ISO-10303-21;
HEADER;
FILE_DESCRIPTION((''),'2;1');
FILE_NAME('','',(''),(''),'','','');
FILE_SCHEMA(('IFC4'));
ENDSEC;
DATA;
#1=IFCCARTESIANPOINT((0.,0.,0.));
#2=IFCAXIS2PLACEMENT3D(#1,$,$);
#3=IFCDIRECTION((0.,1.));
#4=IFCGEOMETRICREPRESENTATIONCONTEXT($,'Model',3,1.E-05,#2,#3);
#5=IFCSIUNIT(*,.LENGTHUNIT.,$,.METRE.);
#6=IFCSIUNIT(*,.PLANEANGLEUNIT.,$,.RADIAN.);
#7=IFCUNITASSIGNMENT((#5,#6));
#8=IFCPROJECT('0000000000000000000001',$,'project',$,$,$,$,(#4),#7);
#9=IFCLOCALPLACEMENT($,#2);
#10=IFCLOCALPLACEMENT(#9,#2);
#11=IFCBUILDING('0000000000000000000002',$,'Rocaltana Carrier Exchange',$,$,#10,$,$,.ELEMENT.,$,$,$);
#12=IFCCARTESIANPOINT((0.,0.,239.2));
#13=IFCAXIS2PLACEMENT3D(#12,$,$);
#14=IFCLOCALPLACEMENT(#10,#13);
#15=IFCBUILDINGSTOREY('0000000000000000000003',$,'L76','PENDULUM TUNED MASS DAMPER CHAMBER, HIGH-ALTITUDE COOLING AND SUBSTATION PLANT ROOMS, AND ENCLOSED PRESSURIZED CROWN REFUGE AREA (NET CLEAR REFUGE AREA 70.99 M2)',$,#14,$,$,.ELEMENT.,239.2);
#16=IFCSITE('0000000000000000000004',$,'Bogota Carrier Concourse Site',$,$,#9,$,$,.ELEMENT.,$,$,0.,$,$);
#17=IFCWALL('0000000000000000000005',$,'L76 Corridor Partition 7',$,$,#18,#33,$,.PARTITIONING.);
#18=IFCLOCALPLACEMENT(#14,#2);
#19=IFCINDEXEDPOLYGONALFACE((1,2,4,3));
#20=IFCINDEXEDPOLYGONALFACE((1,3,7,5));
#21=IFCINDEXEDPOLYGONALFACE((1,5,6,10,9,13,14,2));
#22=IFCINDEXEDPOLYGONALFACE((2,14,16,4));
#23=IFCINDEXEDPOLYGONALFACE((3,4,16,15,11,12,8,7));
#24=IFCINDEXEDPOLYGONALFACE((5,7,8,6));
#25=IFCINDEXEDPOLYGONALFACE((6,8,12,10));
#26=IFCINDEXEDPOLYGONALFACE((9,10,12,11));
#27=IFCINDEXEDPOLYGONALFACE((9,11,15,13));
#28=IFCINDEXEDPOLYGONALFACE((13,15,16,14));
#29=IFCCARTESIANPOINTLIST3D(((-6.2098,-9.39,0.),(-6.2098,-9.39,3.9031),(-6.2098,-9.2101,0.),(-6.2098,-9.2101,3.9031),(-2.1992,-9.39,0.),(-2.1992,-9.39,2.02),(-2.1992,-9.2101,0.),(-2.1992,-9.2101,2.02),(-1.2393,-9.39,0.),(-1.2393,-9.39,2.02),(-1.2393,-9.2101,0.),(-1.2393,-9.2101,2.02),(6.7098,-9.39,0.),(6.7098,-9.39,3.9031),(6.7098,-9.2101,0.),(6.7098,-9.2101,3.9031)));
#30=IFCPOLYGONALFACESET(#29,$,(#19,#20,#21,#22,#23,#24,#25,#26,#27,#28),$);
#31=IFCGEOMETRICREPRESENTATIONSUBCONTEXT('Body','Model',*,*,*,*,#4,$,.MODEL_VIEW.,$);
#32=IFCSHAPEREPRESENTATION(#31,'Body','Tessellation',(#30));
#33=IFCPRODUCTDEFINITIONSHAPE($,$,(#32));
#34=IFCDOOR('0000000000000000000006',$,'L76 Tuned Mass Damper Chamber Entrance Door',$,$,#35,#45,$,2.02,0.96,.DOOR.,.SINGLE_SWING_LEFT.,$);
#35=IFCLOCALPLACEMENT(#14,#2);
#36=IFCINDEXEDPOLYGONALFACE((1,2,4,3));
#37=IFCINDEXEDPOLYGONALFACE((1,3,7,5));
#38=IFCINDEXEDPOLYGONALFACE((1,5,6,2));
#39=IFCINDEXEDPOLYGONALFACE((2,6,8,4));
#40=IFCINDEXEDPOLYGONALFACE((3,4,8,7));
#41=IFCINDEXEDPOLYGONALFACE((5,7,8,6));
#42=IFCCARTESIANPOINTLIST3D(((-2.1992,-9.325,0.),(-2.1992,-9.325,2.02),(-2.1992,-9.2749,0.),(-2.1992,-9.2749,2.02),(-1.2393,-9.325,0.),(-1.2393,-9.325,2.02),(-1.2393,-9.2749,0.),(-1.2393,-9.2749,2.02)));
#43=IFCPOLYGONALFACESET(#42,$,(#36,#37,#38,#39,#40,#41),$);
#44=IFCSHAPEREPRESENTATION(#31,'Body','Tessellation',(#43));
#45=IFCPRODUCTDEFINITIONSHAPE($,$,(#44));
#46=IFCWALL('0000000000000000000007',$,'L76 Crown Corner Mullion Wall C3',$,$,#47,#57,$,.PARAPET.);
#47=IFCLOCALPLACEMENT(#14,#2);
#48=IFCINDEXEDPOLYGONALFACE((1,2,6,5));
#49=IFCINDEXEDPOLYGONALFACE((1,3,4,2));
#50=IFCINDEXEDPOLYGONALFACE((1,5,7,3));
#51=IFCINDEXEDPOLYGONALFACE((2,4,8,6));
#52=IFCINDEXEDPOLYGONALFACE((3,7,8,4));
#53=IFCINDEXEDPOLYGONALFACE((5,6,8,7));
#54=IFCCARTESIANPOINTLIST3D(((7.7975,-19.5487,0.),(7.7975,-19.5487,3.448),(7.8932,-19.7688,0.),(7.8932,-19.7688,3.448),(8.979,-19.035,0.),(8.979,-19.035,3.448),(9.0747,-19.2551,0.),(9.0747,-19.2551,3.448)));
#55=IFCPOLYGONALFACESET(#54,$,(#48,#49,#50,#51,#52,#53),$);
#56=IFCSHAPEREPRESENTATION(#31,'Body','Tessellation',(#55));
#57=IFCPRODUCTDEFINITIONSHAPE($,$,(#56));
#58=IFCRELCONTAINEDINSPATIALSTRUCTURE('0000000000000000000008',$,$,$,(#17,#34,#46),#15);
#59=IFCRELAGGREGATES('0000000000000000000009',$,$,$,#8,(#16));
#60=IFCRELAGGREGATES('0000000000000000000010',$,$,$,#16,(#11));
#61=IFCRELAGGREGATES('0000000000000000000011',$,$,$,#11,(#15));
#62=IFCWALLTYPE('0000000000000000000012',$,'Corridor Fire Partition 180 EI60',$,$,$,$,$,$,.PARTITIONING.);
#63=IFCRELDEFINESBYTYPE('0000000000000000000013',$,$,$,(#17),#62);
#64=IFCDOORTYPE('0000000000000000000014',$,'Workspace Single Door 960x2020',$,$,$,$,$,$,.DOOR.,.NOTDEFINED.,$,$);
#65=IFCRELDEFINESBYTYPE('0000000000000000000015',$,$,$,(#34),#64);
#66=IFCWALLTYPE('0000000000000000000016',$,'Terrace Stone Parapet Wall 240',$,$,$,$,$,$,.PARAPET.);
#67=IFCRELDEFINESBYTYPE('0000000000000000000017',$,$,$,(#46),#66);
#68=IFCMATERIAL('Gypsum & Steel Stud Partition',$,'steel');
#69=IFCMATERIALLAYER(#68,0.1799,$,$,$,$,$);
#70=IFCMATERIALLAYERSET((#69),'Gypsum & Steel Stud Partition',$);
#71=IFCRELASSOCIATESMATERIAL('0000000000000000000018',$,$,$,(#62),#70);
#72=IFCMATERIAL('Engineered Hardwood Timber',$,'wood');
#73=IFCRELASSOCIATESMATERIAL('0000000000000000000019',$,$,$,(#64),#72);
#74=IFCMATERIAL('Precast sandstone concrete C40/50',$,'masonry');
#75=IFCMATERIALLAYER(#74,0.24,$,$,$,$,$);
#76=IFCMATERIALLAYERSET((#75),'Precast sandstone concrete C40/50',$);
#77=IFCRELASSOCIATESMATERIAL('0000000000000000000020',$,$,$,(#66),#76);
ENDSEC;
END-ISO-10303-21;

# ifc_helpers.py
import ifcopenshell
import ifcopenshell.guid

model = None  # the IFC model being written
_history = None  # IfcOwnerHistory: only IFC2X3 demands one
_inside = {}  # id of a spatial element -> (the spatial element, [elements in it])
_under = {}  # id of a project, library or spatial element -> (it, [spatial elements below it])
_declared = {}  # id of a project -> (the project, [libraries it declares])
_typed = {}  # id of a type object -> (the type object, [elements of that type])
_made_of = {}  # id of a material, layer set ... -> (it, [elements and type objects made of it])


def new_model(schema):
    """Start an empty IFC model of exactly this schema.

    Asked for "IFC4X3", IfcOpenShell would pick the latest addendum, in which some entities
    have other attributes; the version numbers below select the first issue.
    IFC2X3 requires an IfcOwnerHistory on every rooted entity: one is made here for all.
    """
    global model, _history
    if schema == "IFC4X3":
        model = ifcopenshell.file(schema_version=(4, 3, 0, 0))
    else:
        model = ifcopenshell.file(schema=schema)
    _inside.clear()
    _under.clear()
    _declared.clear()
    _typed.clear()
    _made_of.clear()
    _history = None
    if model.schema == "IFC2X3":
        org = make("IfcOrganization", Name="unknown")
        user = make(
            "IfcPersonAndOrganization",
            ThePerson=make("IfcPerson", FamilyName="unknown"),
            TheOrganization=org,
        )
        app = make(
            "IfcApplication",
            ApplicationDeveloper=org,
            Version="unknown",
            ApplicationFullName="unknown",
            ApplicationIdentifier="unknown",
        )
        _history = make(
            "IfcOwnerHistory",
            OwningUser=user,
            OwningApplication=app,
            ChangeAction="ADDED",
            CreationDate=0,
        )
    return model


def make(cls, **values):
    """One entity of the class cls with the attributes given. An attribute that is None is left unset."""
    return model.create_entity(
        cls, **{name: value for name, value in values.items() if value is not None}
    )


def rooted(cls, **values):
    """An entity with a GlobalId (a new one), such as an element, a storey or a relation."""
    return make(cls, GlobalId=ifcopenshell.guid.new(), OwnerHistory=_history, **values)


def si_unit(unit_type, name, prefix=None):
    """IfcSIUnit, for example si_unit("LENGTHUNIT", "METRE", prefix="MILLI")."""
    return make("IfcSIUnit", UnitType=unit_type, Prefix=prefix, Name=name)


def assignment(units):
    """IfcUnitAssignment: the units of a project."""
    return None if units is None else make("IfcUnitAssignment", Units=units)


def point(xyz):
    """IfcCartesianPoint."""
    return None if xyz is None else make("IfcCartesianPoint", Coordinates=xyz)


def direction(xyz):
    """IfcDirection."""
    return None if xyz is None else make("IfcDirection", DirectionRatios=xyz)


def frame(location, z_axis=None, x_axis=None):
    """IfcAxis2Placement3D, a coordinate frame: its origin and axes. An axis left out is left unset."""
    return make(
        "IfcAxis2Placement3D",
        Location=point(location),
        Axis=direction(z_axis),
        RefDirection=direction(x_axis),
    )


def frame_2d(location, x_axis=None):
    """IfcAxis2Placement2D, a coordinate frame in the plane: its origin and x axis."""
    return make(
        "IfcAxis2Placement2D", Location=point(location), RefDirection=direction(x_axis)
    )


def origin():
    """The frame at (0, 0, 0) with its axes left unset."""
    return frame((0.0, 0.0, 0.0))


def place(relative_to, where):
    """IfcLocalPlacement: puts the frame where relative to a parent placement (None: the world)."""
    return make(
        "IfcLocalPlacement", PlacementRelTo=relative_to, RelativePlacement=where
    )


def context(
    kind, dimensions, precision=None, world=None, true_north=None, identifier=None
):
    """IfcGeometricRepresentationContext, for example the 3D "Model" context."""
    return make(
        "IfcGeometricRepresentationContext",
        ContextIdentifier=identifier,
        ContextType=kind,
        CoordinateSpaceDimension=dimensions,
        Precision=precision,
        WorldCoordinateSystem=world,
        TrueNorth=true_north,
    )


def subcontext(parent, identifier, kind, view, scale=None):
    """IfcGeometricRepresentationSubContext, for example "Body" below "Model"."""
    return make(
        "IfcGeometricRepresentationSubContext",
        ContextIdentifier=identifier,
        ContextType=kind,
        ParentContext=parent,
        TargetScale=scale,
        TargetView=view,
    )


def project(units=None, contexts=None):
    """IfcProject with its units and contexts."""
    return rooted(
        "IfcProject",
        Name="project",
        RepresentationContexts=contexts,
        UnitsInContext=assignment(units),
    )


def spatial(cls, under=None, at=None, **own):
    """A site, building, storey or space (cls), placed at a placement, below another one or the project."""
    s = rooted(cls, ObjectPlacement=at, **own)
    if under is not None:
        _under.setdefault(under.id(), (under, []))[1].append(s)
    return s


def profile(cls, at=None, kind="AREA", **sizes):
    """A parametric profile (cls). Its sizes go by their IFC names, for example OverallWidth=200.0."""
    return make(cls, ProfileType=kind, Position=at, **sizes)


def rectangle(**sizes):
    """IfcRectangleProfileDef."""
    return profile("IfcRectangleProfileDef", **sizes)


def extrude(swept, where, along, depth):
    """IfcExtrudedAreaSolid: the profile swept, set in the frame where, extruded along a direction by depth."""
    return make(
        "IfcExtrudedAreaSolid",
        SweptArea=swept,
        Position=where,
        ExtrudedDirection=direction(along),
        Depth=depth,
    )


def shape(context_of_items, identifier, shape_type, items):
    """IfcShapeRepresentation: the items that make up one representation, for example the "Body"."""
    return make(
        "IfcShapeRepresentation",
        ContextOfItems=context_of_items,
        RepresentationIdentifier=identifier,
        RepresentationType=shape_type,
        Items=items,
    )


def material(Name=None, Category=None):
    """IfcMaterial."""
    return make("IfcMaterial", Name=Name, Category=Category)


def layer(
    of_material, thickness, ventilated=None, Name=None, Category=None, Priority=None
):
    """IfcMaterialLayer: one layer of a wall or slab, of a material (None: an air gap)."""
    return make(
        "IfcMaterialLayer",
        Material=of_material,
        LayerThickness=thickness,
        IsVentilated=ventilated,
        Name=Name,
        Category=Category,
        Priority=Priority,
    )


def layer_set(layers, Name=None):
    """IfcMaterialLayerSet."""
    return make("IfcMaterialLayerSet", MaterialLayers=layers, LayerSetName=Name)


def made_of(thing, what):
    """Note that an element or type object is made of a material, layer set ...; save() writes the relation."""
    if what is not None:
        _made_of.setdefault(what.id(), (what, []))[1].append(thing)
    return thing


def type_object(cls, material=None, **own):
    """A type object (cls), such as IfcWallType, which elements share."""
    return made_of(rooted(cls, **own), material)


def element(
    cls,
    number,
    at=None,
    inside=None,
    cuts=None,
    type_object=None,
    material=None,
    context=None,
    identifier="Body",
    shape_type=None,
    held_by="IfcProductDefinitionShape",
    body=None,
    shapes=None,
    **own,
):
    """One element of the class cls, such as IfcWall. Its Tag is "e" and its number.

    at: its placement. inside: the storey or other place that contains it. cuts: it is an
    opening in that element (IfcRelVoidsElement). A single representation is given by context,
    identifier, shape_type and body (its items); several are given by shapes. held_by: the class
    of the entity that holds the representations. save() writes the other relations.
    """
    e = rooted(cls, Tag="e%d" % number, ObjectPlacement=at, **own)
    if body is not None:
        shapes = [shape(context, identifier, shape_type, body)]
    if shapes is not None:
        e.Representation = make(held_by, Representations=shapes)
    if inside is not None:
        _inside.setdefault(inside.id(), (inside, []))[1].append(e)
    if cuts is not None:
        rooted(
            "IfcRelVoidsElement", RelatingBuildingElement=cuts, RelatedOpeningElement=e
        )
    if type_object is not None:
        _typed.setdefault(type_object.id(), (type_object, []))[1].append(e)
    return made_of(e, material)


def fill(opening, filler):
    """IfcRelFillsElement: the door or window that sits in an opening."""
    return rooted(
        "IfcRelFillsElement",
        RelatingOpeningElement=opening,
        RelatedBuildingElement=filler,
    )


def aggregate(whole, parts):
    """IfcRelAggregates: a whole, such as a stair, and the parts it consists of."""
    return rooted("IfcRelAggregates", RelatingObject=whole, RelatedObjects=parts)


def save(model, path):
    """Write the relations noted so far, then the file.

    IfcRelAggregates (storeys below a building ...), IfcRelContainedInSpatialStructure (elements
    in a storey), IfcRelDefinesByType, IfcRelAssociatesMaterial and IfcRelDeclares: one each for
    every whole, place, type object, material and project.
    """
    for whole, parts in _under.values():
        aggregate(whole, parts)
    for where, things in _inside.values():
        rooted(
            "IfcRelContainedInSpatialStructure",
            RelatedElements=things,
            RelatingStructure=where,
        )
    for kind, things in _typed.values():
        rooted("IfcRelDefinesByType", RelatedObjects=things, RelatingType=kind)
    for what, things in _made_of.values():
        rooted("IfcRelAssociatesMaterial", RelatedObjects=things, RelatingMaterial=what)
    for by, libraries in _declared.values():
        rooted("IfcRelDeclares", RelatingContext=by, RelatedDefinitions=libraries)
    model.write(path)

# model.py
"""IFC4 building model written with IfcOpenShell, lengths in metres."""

from ifc_helpers import new_model, si_unit, direction, frame, frame_2d, origin, place, context, subcontext, project, spatial, rectangle, extrude, material, layer, layer_set, type_object, element, fill, save


model = new_model("IFC4")

# Units and contexts
model_context = context("Model", 3, precision=1e-05, world=origin(), true_north=direction((0.0, 1.0)))
body_context = subcontext(model_context, "Body", "Model", "MODEL_VIEW")
ifc_project = project(units=[si_unit("LENGTHUNIT", "METRE"), si_unit("PLANEANGLEUNIT", "RADIAN")], contexts=[model_context])

# Site, building, storey
site_placement = place(None, origin())
site = spatial("IfcSite", under=ifc_project, at=site_placement, Name="Bogota Carrier Concourse Site", CompositionType="ELEMENT", RefElevation=0.0)
building_placement = place(site_placement, origin())
building = spatial("IfcBuilding", under=site, at=building_placement, Name="Rocaltana Carrier Exchange", CompositionType="ELEMENT")
storey_placement = place(building_placement, frame((0.0, 0.0, 239.2)))
storey = spatial("IfcBuildingStorey", under=building, at=storey_placement, Name="L76", Description="PENDULUM TUNED MASS DAMPER CHAMBER, HIGH-ALTITUDE COOLING AND SUBSTATION PLANT ROOMS, AND ENCLOSED PRESSURIZED CROWN REFUGE AREA (NET CLEAR REFUGE AREA 70.99 M2)", CompositionType="ELEMENT", Elevation=239.2)

# Wall, opening, door
ifc_material_1 = material(Name="Gypsum & Steel Stud Partition", Category="steel")
ifc_layer_1 = layer(ifc_material_1, 0.1799)
ifc_layer_set_1 = layer_set([ifc_layer_1], Name="Gypsum & Steel Stud Partition")
wall_type_1 = type_object("IfcWallType", Name="Corridor Fire Partition 180 EI60", PredefinedType="PARTITIONING", material=ifc_layer_set_1)
wall_1_placement = place(storey_placement, frame((6.71, -9.3, 0.0), z_axis=(0.0, 0.0, 1.0), x_axis=(-1.0, 0.0, 0.0)))
wall_1 = element("IfcWall", 1, at=wall_1_placement, inside=storey, type_object=wall_type_1, Name="L76 Corridor Partition 7", PredefinedType="PARTITIONING", context=body_context, shape_type="SweptSolid", body=[
    extrude(rectangle(XDim=12.9197, YDim=0.1799, at=frame_2d((6.46, 0.0))), origin(), (0.0, 0.0, 1.0), 3.9031),
])
opening_placement = place(wall_1_placement, frame((7.9492, 0.0, 0.0)))
opening = element("IfcOpeningElement", 2, at=opening_placement, cuts=wall_1, PredefinedType="OPENING", context=body_context, shape_type="SweptSolid", body=[
    extrude(rectangle(XDim=0.96, YDim=2.02, at=frame_2d((0.48, 1.01))), frame((0.0, 0.0999, 0.0), z_axis=(0.0, -1.0, 0.0), x_axis=(1.0, 0.0, 0.0)), (0.0, 0.0, 1.0), 0.2),
])
ifc_material_2 = material(Name="Engineered Hardwood Timber", Category="wood")
door_type = type_object("IfcDoorType", Name="Workspace Single Door 960x2020", OperationType="NOTDEFINED", PredefinedType="DOOR", material=ifc_material_2)
door_placement = place(opening_placement, origin())
door = element("IfcDoor", 3, at=door_placement, inside=storey, type_object=door_type, Name="L76 Tuned Mass Damper Chamber Entrance Door", OperationType="SINGLE_SWING_LEFT", OverallHeight=2.02, OverallWidth=0.96, PredefinedType="DOOR", context=body_context, shape_type="SweptSolid", body=[
    extrude(rectangle(XDim=0.96, YDim=2.02, at=frame_2d((0.48, 1.01))), frame((0.0, 0.0249, 0.0), z_axis=(0.0, -1.0, 0.0), x_axis=(1.0, 0.0, 0.0)), (0.0, 0.0, 1.0), 0.05),
])
fill(opening, door)

# Wall
ifc_material_3 = material(Name="Precast sandstone concrete C40/50", Category="masonry")
ifc_layer_2 = layer(ifc_material_3, 0.24)
ifc_layer_set_2 = layer_set([ifc_layer_2], Name="Precast sandstone concrete C40/50")
wall_type_2 = type_object("IfcWallType", Name="Terrace Stone Parapet Wall 240", PredefinedType="PARAPET", material=ifc_layer_set_2)
wall_2_placement = place(storey_placement, frame((7.8455, -19.6587, 0.0), z_axis=(0.0, 0.0, 1.0), x_axis=(0.917064, 0.39874, 0.0)))
element("IfcWall", 4, at=wall_2_placement, inside=storey, type_object=wall_type_2, Name="L76 Crown Corner Mullion Wall C3", PredefinedType="PARAPET", context=body_context, shape_type="SweptSolid", body=[
    extrude(rectangle(XDim=1.2883, YDim=0.24, at=frame_2d((0.644, 0.0))), origin(), (0.0, 0.0, 1.0), 3.448),
])

save(model, "model.ifc")
